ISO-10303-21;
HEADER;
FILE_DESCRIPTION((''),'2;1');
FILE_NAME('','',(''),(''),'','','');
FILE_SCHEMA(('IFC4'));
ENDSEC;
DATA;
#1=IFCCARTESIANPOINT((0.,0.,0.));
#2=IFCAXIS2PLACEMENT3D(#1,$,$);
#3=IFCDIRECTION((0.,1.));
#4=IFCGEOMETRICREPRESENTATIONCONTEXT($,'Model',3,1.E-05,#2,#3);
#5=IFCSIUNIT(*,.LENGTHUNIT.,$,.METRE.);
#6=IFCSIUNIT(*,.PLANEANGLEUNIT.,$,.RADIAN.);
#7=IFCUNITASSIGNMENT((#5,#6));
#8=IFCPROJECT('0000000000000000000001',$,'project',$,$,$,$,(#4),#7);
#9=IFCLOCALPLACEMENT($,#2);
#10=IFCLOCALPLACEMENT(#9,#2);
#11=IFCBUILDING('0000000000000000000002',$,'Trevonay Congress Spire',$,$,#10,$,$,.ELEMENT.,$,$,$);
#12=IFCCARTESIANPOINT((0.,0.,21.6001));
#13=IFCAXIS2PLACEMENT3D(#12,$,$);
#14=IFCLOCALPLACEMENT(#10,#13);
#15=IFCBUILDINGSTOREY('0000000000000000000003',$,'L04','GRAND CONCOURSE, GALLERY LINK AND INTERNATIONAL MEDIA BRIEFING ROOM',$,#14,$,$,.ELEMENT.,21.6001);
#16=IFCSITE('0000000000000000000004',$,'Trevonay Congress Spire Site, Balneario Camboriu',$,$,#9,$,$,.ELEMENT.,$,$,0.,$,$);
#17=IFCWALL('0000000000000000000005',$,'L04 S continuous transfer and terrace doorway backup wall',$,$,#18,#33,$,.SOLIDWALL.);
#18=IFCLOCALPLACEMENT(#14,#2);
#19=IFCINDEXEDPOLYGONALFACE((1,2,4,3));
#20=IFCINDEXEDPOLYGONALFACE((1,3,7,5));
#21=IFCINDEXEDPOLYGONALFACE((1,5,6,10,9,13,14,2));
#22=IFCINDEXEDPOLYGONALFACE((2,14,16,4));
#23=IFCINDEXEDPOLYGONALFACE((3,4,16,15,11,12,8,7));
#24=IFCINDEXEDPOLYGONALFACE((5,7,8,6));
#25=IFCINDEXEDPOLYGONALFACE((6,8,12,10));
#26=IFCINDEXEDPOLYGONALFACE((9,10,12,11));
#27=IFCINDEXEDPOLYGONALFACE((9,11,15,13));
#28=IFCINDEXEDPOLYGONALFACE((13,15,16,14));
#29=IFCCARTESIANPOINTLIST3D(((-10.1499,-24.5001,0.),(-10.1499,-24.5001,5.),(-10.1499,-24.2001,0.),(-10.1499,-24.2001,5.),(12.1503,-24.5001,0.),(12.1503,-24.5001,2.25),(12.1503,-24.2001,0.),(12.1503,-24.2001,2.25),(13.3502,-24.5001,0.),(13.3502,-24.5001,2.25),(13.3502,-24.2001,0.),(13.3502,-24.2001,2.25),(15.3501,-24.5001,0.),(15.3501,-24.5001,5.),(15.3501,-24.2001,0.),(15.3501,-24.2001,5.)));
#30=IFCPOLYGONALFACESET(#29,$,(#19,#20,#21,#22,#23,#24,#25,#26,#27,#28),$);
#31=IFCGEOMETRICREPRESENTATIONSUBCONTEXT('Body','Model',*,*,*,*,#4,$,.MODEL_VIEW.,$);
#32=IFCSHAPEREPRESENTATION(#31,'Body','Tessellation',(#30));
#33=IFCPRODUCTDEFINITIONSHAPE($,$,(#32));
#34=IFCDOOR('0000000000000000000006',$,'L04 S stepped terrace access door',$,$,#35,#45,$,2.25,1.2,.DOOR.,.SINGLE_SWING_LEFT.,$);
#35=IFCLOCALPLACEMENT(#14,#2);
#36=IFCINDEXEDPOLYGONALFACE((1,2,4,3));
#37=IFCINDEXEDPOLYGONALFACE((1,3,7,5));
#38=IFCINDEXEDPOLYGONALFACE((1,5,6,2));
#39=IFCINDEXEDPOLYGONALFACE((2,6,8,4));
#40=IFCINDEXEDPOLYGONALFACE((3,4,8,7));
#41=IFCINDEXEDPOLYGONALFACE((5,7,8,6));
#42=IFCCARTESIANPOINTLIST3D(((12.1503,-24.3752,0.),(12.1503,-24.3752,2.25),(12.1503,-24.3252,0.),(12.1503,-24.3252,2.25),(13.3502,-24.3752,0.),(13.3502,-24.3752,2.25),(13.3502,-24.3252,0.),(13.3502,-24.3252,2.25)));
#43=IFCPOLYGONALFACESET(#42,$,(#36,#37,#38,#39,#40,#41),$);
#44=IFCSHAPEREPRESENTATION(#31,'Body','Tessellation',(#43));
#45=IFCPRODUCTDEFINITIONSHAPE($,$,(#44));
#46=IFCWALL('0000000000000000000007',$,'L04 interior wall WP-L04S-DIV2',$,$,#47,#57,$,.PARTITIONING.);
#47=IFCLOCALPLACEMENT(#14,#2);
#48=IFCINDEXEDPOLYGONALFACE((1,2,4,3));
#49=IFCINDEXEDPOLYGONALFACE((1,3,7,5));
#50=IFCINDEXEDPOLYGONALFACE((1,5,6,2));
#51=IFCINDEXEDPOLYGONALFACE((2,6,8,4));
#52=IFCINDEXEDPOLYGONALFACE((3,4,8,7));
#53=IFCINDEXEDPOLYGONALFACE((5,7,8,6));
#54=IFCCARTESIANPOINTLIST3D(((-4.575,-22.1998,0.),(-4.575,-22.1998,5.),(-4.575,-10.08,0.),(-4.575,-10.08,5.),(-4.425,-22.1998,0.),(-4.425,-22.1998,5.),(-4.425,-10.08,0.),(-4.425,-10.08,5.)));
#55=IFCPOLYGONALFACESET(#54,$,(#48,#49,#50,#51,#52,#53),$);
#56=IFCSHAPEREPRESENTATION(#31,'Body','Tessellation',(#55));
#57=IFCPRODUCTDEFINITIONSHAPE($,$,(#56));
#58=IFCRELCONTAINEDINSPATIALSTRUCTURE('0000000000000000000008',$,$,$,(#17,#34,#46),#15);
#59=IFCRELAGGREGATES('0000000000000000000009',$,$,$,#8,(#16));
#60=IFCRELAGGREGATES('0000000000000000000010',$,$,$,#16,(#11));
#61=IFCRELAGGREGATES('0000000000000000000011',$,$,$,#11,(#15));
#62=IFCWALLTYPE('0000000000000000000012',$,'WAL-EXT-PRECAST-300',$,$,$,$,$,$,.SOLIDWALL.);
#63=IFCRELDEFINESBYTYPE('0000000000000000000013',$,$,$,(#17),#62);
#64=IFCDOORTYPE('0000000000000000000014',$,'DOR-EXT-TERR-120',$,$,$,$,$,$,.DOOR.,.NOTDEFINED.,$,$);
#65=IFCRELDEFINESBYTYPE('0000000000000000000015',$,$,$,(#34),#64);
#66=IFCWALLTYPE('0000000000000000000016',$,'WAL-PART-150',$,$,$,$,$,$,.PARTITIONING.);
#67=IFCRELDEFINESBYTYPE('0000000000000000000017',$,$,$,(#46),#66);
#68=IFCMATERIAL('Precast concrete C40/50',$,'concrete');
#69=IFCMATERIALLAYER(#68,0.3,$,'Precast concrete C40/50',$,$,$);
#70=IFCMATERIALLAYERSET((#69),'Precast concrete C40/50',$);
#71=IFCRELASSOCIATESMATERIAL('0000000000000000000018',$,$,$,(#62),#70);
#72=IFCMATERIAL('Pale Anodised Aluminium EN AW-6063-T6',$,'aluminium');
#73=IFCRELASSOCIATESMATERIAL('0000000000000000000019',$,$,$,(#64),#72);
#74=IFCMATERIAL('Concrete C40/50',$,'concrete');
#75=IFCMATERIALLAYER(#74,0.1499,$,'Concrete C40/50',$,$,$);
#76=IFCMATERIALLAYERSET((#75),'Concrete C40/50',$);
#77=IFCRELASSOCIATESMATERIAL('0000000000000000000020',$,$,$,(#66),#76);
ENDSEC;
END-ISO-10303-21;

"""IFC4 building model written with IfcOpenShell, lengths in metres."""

from ifc_helpers import new_model, si_unit, direction, frame, frame_2d, origin, place, context, subcontext, project, spatial, rectangle, extrude, material, layer, layer_set, type_object, element, fill, save


model = new_model("IFC4")

# Units and contexts
model_context = context("Model", 3, precision=1e-05, world=origin(), true_north=direction((0.0, 1.0)))
body_context = subcontext(model_context, "Body", "Model", "MODEL_VIEW")
ifc_project = project(units=[si_unit("LENGTHUNIT", "METRE"), si_unit("PLANEANGLEUNIT", "RADIAN")], contexts=[model_context])

# Site, building, storey
site_placement = place(None, origin())
site = spatial("IfcSite", under=ifc_project, at=site_placement, Name="Trevonay Congress Spire Site, Balneario Camboriu", CompositionType="ELEMENT", RefElevation=0.0)
building_placement = place(site_placement, origin())
building = spatial("IfcBuilding", under=site, at=building_placement, Name="Trevonay Congress Spire", CompositionType="ELEMENT")
storey_placement = place(building_placement, frame((0.0, 0.0, 21.6001)))
storey = spatial("IfcBuildingStorey", under=building, at=storey_placement, Name="L04", Description="GRAND CONCOURSE, GALLERY LINK AND INTERNATIONAL MEDIA BRIEFING ROOM", CompositionType="ELEMENT", Elevation=21.6001)

# Shared definitions
ifc_material_1 = material(Name="Pale Anodised Aluminium EN AW-6063-T6", Category="aluminium")

# Shared definitions
ifc_material_2 = material(Name="Concrete C40/50", Category="concrete")

# Wall, opening, door
ifc_material_3 = material(Name="Precast concrete C40/50", Category="concrete")
ifc_layer_1 = layer(ifc_material_3, 0.3, Name="Precast concrete C40/50")
ifc_layer_set_1 = layer_set([ifc_layer_1], Name="Precast concrete C40/50")
wall_type_1 = type_object("IfcWallType", Name="WAL-EXT-PRECAST-300", PredefinedType="SOLIDWALL", material=ifc_layer_set_1)
wall_1_placement = place(storey_placement, frame((-10.1499, -24.3501, 0.0), z_axis=(0.0, 0.0, 1.0), x_axis=(1.0, 0.0, 0.0)))
wall_1 = element("IfcWall", 1, at=wall_1_placement, inside=storey, type_object=wall_type_1, Name="L04 S continuous transfer and terrace doorway backup wall", PredefinedType="SOLIDWALL", context=body_context, shape_type="SweptSolid", body=[
    extrude(rectangle(XDim=25.5, YDim=0.3, at=frame_2d((12.75, 0.0))), origin(), (0.0, 0.0, 1.0), 5.0),
])
opening_1_placement = place(wall_1_placement, frame((22.3, 0.0, 0.0)))
opening_1 = element("IfcOpeningElement", 2, at=opening_1_placement, cuts=wall_1, PredefinedType="OPENING", context=body_context, shape_type="SweptSolid", body=[
    extrude(rectangle(XDim=1.2, YDim=2.25, at=frame_2d((0.6001, 1.125))), frame((0.0, 0.1602, 0.0), z_axis=(0.0, -1.0, 0.0), x_axis=(1.0, 0.0, 0.0)), (0.0, 0.0, 1.0), 0.3201),
])
door_type_1 = type_object("IfcDoorType", Name="DOR-EXT-TERR-120", OperationType="NOTDEFINED", PredefinedType="DOOR", material=ifc_material_1)
door_1_placement = place(opening_1_placement, origin())
door_1 = element("IfcDoor", 3, at=door_1_placement, inside=storey, type_object=door_type_1, Name="L04 S stepped terrace access door", OperationType="SINGLE_SWING_LEFT", OverallHeight=2.25, OverallWidth=1.2, PredefinedType="DOOR", context=body_context, shape_type="SweptSolid", body=[
    extrude(rectangle(XDim=1.2, YDim=2.25, at=frame_2d((0.6001, 1.125))), frame((0.0, 0.0249, 0.0), z_axis=(0.0, -1.0, 0.0), x_axis=(1.0, 0.0, 0.0)), (0.0, 0.0, 1.0), 0.05),
])
fill(opening_1, door_1)

# Wall
ifc_layer_2 = layer(ifc_material_2, 0.1499, Name="Concrete C40/50")
ifc_layer_set_2 = layer_set([ifc_layer_2], Name="Concrete C40/50")
wall_type_2 = type_object("IfcWallType", Name="WAL-PART-150", PredefinedType="PARTITIONING", material=ifc_layer_set_2)
wall_2_placement = place(storey_placement, frame((-4.5, -22.2, 0.0), z_axis=(0.0, 0.0, 1.0), x_axis=(0.0, 1.0, 0.0)))
element("IfcWall", 4, at=wall_2_placement, inside=storey, type_object=wall_type_2, Name="L04 interior wall WP-L04S-DIV2", PredefinedType="PARTITIONING", context=body_context, shape_type="SweptSolid", body=[
    extrude(rectangle(XDim=12.1199, YDim=0.1499, at=frame_2d((6.0601, 0.0))), origin(), (0.0, 0.0, 1.0), 5.0),
])

save(model, "model.ifc")
